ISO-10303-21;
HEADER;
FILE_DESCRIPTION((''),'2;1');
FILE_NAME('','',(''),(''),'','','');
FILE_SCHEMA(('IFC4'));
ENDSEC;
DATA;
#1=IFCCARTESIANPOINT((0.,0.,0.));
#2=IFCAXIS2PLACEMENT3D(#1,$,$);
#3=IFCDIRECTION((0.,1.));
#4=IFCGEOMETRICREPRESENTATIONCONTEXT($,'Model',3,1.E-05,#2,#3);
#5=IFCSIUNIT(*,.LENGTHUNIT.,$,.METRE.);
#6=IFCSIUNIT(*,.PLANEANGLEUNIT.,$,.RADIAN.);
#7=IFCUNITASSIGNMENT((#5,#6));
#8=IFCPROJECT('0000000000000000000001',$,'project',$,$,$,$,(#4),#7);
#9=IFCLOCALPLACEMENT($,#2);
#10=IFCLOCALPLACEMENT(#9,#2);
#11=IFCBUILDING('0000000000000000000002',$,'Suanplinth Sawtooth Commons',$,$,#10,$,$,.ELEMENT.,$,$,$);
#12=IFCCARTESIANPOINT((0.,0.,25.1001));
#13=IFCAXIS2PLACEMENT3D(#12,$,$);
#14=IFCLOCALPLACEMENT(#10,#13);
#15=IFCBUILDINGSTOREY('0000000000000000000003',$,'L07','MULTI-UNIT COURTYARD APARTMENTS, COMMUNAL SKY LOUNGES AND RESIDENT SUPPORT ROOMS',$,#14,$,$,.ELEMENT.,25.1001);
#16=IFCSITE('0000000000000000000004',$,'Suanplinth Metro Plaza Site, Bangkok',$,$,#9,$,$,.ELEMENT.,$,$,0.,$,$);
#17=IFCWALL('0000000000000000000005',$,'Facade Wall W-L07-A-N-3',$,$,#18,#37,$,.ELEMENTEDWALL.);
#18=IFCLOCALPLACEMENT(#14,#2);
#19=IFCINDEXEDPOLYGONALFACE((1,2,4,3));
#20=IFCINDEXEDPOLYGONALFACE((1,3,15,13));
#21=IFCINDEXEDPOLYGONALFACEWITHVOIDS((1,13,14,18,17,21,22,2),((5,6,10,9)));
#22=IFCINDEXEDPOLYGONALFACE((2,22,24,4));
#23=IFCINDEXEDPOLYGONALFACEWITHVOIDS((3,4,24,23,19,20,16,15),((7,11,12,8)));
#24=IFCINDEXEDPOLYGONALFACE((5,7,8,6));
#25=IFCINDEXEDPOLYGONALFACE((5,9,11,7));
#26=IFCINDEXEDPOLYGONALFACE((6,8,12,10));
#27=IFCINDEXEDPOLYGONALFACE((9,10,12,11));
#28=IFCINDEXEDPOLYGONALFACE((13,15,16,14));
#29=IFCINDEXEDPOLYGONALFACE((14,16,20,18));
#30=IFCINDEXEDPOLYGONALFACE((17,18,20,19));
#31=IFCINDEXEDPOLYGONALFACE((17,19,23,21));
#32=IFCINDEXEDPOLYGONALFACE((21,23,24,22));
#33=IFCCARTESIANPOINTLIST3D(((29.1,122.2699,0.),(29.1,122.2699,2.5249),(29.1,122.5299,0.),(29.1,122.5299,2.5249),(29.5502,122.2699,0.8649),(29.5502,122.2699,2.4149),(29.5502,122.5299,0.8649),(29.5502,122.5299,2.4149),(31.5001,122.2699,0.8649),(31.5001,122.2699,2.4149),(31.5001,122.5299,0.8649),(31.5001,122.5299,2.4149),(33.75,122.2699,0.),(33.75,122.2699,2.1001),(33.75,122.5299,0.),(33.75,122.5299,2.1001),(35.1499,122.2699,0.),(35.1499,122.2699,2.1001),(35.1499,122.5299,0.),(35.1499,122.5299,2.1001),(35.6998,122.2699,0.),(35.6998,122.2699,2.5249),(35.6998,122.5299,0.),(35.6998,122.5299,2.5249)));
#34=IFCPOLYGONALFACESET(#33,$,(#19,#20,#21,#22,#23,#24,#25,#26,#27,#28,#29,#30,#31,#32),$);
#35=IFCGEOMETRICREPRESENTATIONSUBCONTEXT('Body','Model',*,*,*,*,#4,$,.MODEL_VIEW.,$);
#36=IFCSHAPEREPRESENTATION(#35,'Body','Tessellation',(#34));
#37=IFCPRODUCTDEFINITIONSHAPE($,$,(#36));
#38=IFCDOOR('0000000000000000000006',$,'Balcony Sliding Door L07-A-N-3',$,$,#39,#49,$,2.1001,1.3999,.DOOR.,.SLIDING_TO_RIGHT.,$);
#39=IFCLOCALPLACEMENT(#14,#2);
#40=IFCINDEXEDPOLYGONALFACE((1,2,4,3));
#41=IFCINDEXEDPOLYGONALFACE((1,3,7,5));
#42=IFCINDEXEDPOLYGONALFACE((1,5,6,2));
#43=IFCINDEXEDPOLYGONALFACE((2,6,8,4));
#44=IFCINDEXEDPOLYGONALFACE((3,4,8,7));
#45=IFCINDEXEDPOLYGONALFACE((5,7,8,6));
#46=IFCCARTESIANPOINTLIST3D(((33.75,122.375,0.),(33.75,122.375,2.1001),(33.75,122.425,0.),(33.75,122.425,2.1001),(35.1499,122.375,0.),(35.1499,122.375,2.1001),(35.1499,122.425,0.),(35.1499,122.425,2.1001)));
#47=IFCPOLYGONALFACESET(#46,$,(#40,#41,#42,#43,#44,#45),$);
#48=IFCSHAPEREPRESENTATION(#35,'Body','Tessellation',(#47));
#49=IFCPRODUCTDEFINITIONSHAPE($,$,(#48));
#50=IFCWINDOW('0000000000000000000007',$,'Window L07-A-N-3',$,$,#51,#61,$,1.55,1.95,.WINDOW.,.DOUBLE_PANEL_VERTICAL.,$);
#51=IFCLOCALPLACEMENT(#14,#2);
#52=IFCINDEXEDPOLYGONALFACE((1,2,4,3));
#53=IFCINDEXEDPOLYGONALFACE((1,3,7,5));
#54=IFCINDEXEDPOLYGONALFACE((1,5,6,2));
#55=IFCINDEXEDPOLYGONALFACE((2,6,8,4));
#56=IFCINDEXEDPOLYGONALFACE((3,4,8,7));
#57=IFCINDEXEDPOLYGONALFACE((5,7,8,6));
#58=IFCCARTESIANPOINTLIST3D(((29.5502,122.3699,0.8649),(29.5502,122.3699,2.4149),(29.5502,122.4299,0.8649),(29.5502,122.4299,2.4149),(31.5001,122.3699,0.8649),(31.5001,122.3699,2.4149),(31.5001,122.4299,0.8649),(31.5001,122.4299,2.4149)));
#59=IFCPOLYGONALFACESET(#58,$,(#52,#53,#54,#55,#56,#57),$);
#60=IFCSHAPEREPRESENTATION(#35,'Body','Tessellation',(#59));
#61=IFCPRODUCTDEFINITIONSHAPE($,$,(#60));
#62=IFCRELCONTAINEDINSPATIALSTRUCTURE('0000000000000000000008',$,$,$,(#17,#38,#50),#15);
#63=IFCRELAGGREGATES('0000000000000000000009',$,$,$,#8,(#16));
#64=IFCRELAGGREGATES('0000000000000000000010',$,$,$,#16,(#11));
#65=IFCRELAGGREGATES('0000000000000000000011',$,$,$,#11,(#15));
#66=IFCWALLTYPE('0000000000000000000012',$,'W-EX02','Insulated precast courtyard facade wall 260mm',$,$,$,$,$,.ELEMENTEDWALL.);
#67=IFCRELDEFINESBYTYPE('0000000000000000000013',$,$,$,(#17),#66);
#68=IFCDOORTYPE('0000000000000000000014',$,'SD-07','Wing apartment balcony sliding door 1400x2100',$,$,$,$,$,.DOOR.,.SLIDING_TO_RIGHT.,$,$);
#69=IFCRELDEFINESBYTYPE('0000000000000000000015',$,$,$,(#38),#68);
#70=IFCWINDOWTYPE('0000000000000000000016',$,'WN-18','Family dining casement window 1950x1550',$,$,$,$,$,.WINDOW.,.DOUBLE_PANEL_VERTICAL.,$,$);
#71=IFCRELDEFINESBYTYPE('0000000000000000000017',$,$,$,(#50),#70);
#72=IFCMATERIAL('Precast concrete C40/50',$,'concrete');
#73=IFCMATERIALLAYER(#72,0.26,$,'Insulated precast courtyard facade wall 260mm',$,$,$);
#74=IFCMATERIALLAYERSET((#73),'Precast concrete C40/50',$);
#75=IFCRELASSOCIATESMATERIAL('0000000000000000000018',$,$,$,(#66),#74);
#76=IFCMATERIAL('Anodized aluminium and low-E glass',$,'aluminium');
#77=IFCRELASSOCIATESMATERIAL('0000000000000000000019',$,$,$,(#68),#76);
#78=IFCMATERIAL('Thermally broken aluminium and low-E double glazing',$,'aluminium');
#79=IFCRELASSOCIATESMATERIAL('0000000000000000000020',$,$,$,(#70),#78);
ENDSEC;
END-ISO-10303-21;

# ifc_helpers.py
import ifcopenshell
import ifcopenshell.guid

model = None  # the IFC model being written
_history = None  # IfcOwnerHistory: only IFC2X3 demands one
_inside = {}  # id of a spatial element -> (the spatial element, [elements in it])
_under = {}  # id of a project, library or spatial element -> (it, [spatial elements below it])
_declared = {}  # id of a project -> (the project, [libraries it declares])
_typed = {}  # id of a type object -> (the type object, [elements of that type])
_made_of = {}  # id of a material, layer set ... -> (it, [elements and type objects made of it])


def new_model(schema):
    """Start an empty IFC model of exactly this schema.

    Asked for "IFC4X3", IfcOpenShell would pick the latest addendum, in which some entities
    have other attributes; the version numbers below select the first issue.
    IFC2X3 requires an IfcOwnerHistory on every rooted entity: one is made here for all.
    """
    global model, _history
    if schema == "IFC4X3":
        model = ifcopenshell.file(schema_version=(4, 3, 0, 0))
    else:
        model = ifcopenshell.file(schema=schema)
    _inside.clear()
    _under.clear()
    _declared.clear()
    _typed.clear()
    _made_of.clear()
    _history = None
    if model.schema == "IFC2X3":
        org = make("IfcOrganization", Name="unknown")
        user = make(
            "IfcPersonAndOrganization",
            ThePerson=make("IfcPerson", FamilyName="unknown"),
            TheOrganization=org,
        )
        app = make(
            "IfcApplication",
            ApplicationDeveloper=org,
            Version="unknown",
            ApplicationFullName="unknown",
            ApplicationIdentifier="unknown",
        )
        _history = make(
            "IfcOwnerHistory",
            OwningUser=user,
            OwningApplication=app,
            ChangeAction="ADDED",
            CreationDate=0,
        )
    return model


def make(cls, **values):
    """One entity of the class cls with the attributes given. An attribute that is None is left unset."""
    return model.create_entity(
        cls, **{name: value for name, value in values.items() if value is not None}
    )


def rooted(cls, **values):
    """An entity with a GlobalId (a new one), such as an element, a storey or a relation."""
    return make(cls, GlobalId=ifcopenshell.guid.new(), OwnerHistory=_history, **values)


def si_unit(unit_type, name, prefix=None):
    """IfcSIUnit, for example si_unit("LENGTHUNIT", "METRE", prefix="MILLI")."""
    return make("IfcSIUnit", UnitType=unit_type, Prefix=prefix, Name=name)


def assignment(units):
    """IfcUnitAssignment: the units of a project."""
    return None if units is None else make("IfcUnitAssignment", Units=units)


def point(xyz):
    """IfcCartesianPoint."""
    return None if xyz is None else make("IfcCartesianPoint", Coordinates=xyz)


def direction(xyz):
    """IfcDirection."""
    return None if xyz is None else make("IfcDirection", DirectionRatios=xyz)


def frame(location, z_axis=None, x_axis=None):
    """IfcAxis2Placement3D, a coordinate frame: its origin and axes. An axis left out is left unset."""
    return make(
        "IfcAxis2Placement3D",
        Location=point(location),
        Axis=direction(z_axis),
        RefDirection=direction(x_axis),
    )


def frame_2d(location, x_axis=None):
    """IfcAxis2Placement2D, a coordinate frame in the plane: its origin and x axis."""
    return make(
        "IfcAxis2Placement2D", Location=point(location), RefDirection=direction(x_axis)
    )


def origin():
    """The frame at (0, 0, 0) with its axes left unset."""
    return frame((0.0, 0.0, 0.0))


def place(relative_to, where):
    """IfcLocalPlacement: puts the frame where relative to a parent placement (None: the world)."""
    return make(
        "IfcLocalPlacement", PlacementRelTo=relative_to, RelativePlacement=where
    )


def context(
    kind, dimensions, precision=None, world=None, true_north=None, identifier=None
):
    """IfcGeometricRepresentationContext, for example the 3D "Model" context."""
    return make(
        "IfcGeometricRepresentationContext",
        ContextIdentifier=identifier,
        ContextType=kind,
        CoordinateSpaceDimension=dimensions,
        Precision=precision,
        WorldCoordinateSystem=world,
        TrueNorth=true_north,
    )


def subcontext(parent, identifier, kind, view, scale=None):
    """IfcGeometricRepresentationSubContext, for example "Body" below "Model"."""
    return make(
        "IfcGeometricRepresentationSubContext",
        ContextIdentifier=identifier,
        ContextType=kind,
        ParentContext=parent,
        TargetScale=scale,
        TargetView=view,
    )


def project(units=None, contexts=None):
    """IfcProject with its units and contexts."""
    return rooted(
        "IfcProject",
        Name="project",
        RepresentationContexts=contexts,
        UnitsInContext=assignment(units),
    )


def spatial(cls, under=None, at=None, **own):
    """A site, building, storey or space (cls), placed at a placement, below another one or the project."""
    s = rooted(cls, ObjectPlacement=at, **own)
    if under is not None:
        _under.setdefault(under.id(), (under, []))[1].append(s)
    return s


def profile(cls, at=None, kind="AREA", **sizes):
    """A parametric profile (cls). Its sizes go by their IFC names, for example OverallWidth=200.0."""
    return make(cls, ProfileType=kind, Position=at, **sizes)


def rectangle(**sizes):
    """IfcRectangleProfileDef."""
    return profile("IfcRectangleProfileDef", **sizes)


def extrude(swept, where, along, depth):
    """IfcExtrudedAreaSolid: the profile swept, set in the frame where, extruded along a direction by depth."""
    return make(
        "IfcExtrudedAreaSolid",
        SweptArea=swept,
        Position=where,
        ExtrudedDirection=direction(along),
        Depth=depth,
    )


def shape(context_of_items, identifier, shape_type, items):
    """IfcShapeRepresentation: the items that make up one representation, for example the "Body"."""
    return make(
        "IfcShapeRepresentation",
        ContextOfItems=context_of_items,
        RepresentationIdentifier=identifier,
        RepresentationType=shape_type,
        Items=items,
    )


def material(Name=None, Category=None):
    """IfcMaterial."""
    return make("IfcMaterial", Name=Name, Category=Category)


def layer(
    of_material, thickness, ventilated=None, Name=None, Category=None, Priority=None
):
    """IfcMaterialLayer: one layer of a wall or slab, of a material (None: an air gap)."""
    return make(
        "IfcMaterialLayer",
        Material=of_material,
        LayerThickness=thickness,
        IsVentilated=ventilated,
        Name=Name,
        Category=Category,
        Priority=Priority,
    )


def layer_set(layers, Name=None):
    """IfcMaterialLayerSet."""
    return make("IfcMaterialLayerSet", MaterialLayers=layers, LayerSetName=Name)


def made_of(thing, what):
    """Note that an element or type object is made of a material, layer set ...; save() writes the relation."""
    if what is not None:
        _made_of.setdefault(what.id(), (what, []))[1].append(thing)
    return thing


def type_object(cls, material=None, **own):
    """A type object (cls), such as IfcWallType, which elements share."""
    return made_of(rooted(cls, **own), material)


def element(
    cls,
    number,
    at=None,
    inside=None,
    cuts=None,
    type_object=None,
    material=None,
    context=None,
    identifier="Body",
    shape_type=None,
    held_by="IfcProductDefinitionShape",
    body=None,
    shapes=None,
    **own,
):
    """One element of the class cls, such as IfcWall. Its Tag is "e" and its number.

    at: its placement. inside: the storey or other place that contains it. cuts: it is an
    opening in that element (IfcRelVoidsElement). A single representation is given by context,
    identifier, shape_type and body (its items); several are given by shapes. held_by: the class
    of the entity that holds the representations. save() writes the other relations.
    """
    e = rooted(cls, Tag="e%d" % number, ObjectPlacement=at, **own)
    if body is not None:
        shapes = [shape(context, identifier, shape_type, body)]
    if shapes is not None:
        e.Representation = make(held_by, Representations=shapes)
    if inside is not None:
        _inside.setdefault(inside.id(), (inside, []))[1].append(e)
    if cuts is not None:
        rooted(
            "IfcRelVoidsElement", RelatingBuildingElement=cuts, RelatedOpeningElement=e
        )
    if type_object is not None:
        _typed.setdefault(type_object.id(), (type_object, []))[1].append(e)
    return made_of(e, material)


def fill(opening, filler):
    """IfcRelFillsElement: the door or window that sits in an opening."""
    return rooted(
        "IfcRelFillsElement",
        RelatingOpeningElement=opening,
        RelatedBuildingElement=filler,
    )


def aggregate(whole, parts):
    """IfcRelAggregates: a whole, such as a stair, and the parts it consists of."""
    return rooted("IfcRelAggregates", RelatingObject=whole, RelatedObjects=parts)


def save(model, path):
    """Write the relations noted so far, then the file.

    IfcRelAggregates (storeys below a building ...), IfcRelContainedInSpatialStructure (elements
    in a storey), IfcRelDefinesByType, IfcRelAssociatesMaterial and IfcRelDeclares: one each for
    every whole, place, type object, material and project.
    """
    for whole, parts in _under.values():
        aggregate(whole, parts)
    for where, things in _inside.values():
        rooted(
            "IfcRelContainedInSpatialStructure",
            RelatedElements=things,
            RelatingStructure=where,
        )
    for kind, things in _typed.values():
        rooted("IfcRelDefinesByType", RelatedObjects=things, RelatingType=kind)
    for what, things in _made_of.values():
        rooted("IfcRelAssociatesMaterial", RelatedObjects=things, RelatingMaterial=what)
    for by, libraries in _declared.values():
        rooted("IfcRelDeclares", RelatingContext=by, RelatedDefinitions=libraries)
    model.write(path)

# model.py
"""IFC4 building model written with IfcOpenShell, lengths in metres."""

from ifc_helpers import new_model, si_unit, direction, frame, frame_2d, origin, place, context, subcontext, project, spatial, rectangle, extrude, material, layer, layer_set, type_object, element, fill, save


model = new_model("IFC4")

# Units and contexts
model_context = context("Model", 3, precision=1e-05, world=origin(), true_north=direction((0.0, 1.0)))
body_context = subcontext(model_context, "Body", "Model", "MODEL_VIEW")
ifc_project = project(units=[si_unit("LENGTHUNIT", "METRE"), si_unit("PLANEANGLEUNIT", "RADIAN")], contexts=[model_context])

# Site, building, storey
site_placement = place(None, origin())
site = spatial("IfcSite", under=ifc_project, at=site_placement, Name="Suanplinth Metro Plaza Site, Bangkok", CompositionType="ELEMENT", RefElevation=0.0)
building_placement = place(site_placement, origin())
building = spatial("IfcBuilding", under=site, at=building_placement, Name="Suanplinth Sawtooth Commons", CompositionType="ELEMENT")
storey_placement = place(building_placement, frame((0.0, 0.0, 25.1001)))
storey = spatial("IfcBuildingStorey", under=building, at=storey_placement, Name="L07", Description="MULTI-UNIT COURTYARD APARTMENTS, COMMUNAL SKY LOUNGES AND RESIDENT SUPPORT ROOMS", CompositionType="ELEMENT", Elevation=25.1001)

# Shared definitions
ifc_material_1 = material(Name="Precast concrete C40/50", Category="concrete")

# Wall, openings, door, window
ifc_layer_1 = layer(ifc_material_1, 0.26, Name="Insulated precast courtyard facade wall 260mm")
ifc_layer_set_1 = layer_set([ifc_layer_1], Name="Precast concrete C40/50")
wall_type = type_object("IfcWallType", Name="W-EX02", Description="Insulated precast courtyard facade wall 260mm", PredefinedType="ELEMENTEDWALL", material=ifc_layer_set_1)
wall_placement = place(storey_placement, frame((29.1001, 122.3999, 0.0), z_axis=(0.0, 0.0, 1.0), x_axis=(1.0, 0.0, 0.0)))
wall = element("IfcWall", 1, at=wall_placement, inside=storey, type_object=wall_type, Name="Facade Wall W-L07-A-N-3", PredefinedType="ELEMENTEDWALL", context=body_context, shape_type="SweptSolid", body=[
    extrude(rectangle(XDim=6.5999, YDim=0.26, at=frame_2d((3.2998, 0.0))), origin(), (0.0, 0.0, 1.0), 2.5249),
])
opening_1_placement = place(wall_placement, frame((4.6499, 0.0, 0.0)))
opening_1 = element("IfcOpeningElement", 2, at=opening_1_placement, cuts=wall, PredefinedType="OPENING", context=body_context, shape_type="SweptSolid", body=[
    extrude(rectangle(XDim=1.3999, YDim=2.1001, at=frame_2d((0.7, 1.05))), frame((0.0, 0.145, 0.0), z_axis=(0.0, -1.0, 0.0), x_axis=(1.0, 0.0, 0.0)), (0.0, 0.0, 1.0), 0.2898),
])
opening_2_placement = place(wall_placement, frame((0.45, 0.0, 0.865)))
opening_2 = element("IfcOpeningElement", 3, at=opening_2_placement, cuts=wall, PredefinedType="OPENING", context=body_context, shape_type="SweptSolid", body=[
    extrude(rectangle(XDim=1.95, YDim=1.55, at=frame_2d((0.9751, 0.7749))), frame((0.0, 0.145, 0.0), z_axis=(0.0, -1.0, 0.0), x_axis=(1.0, 0.0, 0.0)), (0.0, 0.0, 1.0), 0.2898),
])
ifc_material_2 = material(Name="Anodized aluminium and low-E glass", Category="aluminium")
door_type = type_object("IfcDoorType", Name="SD-07", Description="Wing apartment balcony sliding door 1400x2100", OperationType="SLIDING_TO_RIGHT", PredefinedType="DOOR", material=ifc_material_2)
door_placement = place(opening_1_placement, frame((1.3999, 0.0, 0.0), z_axis=(0.0, 0.0, 1.0), x_axis=(-1.0, 0.0, 0.0)))
door = element("IfcDoor", 4, at=door_placement, inside=storey, type_object=door_type, Name="Balcony Sliding Door L07-A-N-3", OperationType="SLIDING_TO_RIGHT", OverallHeight=2.1001, OverallWidth=1.3999, PredefinedType="DOOR", context=body_context, shape_type="SweptSolid", body=[
    extrude(rectangle(XDim=1.3999, YDim=2.1001, at=frame_2d((0.7, 1.05))), frame((0.0, 0.0249, 0.0), z_axis=(0.0, -1.0, 0.0), x_axis=(1.0, 0.0, 0.0)), (0.0, 0.0, 1.0), 0.05),
])
fill(opening_1, door)
ifc_material_3 = material(Name="Thermally broken aluminium and low-E double glazing", Category="aluminium")
window_type = type_object("IfcWindowType", Name="WN-18", Description="Family dining casement window 1950x1550", PartitioningType="DOUBLE_PANEL_VERTICAL", PredefinedType="WINDOW", material=ifc_material_3)
window_placement = place(opening_2_placement, origin())
window = element("IfcWindow", 5, at=window_placement, inside=storey, type_object=window_type, Name="Window L07-A-N-3", OverallHeight=1.55, OverallWidth=1.95, PartitioningType="DOUBLE_PANEL_VERTICAL", PredefinedType="WINDOW", context=body_context, shape_type="SweptSolid", body=[
    extrude(rectangle(XDim=1.95, YDim=1.55, at=frame_2d((0.9751, 0.7749))), frame((0.0, 0.03, 0.0), z_axis=(0.0, -1.0, 0.0), x_axis=(1.0, 0.0, 0.0)), (0.0, 0.0, 1.0), 0.0601),
])
fill(opening_2, window)

save(model, "model.ifc")
